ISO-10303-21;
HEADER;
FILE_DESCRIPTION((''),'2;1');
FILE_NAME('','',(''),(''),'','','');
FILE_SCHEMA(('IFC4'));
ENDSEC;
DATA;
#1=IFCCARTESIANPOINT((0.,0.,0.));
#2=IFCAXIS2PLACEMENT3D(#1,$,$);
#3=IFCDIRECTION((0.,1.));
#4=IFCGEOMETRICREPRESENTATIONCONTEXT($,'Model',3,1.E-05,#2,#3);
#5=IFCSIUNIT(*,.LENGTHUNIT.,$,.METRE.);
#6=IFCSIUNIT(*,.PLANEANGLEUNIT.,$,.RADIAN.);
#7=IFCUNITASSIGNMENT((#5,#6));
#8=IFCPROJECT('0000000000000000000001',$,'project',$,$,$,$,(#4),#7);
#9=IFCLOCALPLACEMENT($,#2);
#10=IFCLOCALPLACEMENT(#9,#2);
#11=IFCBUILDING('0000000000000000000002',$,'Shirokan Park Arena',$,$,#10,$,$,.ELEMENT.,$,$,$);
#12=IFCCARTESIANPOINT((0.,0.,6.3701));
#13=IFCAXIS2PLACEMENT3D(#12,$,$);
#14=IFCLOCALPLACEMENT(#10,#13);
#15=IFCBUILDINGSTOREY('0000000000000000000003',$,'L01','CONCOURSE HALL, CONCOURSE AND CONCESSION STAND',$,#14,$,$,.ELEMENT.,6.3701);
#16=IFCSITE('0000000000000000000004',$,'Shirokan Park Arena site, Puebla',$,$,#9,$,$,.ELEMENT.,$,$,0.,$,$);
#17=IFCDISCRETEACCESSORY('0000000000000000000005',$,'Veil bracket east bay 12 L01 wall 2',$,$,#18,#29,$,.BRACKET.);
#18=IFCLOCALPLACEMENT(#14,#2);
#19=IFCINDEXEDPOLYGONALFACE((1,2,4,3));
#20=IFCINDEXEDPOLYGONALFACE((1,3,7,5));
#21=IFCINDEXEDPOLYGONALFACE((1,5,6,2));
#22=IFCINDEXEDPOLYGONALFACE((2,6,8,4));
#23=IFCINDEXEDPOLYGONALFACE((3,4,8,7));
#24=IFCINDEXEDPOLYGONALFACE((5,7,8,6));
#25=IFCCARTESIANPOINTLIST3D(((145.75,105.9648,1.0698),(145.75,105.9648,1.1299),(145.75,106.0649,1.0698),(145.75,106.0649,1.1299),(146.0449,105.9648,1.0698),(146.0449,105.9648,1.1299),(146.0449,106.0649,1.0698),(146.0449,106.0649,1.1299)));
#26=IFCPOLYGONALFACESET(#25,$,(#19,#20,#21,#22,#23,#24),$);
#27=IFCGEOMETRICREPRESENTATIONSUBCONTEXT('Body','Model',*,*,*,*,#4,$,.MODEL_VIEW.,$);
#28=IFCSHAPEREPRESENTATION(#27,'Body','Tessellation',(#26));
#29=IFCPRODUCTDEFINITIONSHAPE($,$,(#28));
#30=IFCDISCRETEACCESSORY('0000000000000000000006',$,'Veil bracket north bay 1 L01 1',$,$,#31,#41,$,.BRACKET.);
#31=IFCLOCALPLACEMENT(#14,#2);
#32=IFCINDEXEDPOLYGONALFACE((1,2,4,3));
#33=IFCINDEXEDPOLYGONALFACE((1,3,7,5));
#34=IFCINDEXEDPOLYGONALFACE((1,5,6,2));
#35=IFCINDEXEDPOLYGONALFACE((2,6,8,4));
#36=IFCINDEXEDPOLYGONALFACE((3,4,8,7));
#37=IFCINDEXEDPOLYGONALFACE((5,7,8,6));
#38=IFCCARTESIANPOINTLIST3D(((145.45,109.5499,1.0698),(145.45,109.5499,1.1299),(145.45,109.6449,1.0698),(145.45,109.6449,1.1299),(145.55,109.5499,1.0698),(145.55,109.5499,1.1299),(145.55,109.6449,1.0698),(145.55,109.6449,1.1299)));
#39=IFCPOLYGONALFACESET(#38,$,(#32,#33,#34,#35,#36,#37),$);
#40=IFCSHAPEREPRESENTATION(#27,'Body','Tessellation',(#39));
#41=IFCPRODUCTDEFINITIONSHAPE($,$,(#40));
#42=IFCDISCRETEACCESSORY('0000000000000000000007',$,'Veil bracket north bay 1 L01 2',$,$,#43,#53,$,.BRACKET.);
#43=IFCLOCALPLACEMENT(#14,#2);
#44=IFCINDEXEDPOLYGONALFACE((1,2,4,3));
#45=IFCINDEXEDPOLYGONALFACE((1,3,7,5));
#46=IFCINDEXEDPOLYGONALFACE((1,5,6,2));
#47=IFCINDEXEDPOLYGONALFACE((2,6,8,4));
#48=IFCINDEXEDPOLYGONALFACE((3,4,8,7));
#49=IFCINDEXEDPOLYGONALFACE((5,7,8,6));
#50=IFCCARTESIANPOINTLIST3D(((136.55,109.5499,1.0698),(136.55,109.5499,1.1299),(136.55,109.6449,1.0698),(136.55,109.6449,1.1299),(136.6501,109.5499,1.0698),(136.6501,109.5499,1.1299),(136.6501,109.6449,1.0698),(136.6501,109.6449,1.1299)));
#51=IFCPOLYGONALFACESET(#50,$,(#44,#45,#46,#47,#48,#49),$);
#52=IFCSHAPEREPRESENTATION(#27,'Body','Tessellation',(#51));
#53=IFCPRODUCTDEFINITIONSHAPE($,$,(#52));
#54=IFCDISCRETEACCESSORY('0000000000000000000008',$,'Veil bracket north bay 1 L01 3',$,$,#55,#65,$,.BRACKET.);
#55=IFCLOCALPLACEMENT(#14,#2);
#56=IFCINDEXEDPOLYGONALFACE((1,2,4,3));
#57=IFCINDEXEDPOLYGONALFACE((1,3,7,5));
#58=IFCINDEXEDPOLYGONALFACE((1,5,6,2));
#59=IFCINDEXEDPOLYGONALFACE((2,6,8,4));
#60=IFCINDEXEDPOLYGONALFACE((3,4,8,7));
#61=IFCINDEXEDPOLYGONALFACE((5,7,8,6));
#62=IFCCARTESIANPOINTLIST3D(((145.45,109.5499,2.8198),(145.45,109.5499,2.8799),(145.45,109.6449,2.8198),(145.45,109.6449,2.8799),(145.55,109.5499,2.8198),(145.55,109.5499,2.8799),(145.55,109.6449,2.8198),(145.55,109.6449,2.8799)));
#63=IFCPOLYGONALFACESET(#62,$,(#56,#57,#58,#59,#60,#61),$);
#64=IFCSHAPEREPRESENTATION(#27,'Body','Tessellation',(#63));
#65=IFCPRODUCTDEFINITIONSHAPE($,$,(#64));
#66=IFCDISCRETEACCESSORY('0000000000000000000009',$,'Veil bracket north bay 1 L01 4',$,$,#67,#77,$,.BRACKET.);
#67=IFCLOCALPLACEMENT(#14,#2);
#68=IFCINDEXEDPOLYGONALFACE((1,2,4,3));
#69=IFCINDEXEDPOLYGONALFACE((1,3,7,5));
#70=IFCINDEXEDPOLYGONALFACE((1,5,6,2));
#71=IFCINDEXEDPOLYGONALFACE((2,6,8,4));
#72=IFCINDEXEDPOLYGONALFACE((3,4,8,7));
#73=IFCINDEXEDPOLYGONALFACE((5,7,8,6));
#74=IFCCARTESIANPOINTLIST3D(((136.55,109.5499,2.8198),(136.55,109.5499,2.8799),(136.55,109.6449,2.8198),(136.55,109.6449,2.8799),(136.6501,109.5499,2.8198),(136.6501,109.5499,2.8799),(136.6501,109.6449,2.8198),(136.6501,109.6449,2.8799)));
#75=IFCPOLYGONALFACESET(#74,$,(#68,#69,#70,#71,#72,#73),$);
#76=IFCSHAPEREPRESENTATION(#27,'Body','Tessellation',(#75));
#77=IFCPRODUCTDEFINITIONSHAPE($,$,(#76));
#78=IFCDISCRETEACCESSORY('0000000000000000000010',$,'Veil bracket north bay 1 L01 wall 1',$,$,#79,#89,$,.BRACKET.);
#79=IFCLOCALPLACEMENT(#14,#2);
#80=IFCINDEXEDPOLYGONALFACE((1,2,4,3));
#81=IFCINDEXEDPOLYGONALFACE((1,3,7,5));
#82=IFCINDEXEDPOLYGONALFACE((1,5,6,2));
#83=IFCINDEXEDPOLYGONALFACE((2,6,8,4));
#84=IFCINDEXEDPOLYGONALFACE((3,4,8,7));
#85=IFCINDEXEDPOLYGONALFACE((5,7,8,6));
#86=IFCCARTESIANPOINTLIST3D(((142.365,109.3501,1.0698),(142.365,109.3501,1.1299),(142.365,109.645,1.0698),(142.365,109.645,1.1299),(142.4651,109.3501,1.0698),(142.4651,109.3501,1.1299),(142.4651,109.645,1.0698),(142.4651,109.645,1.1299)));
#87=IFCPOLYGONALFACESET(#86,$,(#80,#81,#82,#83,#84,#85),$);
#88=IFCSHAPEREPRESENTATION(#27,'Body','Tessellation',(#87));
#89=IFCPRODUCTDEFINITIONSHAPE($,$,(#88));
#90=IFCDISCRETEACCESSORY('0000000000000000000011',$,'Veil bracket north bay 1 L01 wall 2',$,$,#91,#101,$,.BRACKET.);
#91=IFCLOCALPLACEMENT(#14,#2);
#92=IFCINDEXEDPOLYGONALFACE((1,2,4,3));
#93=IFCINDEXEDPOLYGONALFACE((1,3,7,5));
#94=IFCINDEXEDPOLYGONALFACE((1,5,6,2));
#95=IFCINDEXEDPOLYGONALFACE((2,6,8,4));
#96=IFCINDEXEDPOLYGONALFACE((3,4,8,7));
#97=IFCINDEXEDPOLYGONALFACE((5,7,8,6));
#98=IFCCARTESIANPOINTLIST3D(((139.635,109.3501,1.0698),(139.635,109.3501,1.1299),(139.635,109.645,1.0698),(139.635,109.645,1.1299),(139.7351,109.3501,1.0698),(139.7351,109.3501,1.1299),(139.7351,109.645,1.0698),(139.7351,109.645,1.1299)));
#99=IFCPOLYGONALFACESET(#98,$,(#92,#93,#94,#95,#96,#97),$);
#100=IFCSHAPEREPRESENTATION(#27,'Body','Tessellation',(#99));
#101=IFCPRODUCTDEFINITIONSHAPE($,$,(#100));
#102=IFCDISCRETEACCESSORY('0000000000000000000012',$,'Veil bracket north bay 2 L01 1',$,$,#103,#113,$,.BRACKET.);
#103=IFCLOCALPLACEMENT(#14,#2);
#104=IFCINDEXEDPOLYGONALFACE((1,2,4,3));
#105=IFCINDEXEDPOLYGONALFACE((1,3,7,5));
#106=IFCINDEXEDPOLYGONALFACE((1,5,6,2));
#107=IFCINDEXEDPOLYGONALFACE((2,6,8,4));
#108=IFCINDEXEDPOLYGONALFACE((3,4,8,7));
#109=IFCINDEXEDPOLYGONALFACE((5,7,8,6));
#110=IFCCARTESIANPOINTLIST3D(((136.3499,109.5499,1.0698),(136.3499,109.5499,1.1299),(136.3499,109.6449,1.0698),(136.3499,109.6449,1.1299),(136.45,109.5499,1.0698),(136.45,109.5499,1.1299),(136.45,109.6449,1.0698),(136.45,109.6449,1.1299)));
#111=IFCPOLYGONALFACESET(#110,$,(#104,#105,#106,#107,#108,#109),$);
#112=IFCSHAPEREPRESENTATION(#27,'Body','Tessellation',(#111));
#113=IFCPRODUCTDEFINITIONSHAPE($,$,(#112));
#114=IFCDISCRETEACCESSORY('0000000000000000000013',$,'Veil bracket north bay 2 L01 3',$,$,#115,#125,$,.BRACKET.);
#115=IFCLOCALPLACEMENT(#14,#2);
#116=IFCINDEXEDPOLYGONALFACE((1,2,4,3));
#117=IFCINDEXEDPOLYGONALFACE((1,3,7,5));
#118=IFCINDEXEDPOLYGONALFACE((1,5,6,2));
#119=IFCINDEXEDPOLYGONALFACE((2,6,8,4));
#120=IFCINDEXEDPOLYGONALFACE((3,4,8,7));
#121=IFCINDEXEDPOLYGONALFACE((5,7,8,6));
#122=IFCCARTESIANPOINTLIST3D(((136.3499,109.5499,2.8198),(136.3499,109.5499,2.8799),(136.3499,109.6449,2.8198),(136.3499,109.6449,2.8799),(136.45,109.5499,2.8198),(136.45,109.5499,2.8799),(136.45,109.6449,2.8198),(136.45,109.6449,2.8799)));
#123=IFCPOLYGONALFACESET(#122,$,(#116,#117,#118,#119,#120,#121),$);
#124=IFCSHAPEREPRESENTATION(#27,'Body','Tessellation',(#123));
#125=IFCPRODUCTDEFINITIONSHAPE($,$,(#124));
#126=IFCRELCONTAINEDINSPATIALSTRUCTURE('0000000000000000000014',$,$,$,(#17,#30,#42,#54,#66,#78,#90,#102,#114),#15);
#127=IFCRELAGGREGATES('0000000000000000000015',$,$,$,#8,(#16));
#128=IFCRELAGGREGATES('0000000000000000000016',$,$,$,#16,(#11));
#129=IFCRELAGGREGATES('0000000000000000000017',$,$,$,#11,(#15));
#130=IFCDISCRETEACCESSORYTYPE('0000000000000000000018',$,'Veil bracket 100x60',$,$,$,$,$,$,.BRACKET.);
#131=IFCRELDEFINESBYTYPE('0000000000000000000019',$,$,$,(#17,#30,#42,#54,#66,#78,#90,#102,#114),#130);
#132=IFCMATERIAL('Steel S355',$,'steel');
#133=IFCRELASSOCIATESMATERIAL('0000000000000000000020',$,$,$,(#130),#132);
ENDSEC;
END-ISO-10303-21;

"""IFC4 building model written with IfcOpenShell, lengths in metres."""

from ifc_helpers import new_model, si_unit, direction, frame, origin, origin_2d, place, context, subcontext, project, spatial, rectangle, extrude, material, type_object, element, save


model = new_model("IFC4")

# Units and contexts
model_context = context("Model", 3, precision=1e-05, world=origin(), true_north=direction((0.0, 1.0)))
body_context = subcontext(model_context, "Body", "Model", "MODEL_VIEW")
ifc_project = project(units=[si_unit("LENGTHUNIT", "METRE"), si_unit("PLANEANGLEUNIT", "RADIAN")], contexts=[model_context])

# Site, building, storey
site_placement = place(None, origin())
site = spatial("IfcSite", under=ifc_project, at=site_placement, Name="Shirokan Park Arena site, Puebla", CompositionType="ELEMENT", RefElevation=0.0)
building_placement = place(site_placement, origin())
building = spatial("IfcBuilding", under=site, at=building_placement, Name="Shirokan Park Arena", CompositionType="ELEMENT")
storey_placement = place(building_placement, frame((0.0, 0.0, 6.3701)))
storey = spatial("IfcBuildingStorey", under=building, at=storey_placement, Name="L01", Description="CONCOURSE HALL, CONCOURSE AND CONCESSION STAND", CompositionType="ELEMENT", Elevation=6.3701)

# Discrete accessories
ifc_material_1 = material(Name="Steel S355", Category="steel")
discrete_accessory_type = type_object("IfcDiscreteAccessoryType", Name="Veil bracket 100x60", PredefinedType="BRACKET", material=ifc_material_1)
discrete_accessory_placement = place(storey_placement, frame((145.8975, 106.0149, 1.0698), z_axis=(0.0, 0.0, 1.0), x_axis=(0.0, 1.0, 0.0)))
element("IfcDiscreteAccessory", 1, at=discrete_accessory_placement, inside=storey, type_object=discrete_accessory_type, Name="Veil bracket east bay 12 L01 wall 2", PredefinedType="BRACKET", context=body_context, shape_type="SweptSolid", body=[
    extrude(rectangle(XDim=0.1001, YDim=0.2949, at=origin_2d()), origin(), (0.0, 0.0, 1.0), 0.0601),
])
for number, where, z_axis, x_axis, name in (
    (2, (145.5, 109.5974, 1.0698), (0.0, 0.0, 1.0), (-1.0, 0.0, 0.0), "Veil bracket north bay 1 L01 1"),
    (3, (136.6001, 109.5974, 1.0698), (0.0, 0.0, 1.0), (-1.0, 0.0, 0.0), "Veil bracket north bay 1 L01 2"),
    (4, (145.5, 109.5974, 2.8198), (0.0, 0.0, 1.0), (-1.0, 0.0, 0.0), "Veil bracket north bay 1 L01 3"),
    (5, (136.6001, 109.5974, 2.8198), (0.0, 0.0, 1.0), (-1.0, 0.0, 0.0), "Veil bracket north bay 1 L01 4"),
):
    element("IfcDiscreteAccessory", number, at=place(storey_placement, frame(where, z_axis=z_axis, x_axis=x_axis)), inside=storey, type_object=discrete_accessory_type, Name=name, PredefinedType="BRACKET", context=body_context, shape_type="SweptSolid", body=[
        extrude(rectangle(XDim=0.1001, YDim=0.095, at=origin_2d()), origin(), (0.0, 0.0, 1.0), 0.0601),
    ])
for number, where, z_axis, x_axis, name in (
    (6, (142.415, 109.4976, 1.0698), (0.0, 0.0, 1.0), (-1.0, 0.0, 0.0), "Veil bracket north bay 1 L01 wall 1"),
    (7, (139.6851, 109.4976, 1.0698), (0.0, 0.0, 1.0), (-1.0, 0.0, 0.0), "Veil bracket north bay 1 L01 wall 2"),
):
    element("IfcDiscreteAccessory", number, at=place(storey_placement, frame(where, z_axis=z_axis, x_axis=x_axis)), inside=storey, type_object=discrete_accessory_type, Name=name, PredefinedType="BRACKET", context=body_context, shape_type="SweptSolid", body=[
        extrude(rectangle(XDim=0.1001, YDim=0.2949, at=origin_2d()), origin(), (0.0, 0.0, 1.0), 0.0601),
    ])
for number, where, z_axis, x_axis, name in (
    (8, (136.3999, 109.5974, 1.0698), (0.0, 0.0, 1.0), (-1.0, 0.0, 0.0), "Veil bracket north bay 2 L01 1"),
    (9, (136.3999, 109.5974, 2.8198), (0.0, 0.0, 1.0), (-1.0, 0.0, 0.0), "Veil bracket north bay 2 L01 3"),
):
    element("IfcDiscreteAccessory", number, at=place(storey_placement, frame(where, z_axis=z_axis, x_axis=x_axis)), inside=storey, type_object=discrete_accessory_type, Name=name, PredefinedType="BRACKET", context=body_context, shape_type="SweptSolid", body=[
        extrude(rectangle(XDim=0.1001, YDim=0.095, at=origin_2d()), origin(), (0.0, 0.0, 1.0), 0.0601),
    ])

save(model, "model.ifc")
